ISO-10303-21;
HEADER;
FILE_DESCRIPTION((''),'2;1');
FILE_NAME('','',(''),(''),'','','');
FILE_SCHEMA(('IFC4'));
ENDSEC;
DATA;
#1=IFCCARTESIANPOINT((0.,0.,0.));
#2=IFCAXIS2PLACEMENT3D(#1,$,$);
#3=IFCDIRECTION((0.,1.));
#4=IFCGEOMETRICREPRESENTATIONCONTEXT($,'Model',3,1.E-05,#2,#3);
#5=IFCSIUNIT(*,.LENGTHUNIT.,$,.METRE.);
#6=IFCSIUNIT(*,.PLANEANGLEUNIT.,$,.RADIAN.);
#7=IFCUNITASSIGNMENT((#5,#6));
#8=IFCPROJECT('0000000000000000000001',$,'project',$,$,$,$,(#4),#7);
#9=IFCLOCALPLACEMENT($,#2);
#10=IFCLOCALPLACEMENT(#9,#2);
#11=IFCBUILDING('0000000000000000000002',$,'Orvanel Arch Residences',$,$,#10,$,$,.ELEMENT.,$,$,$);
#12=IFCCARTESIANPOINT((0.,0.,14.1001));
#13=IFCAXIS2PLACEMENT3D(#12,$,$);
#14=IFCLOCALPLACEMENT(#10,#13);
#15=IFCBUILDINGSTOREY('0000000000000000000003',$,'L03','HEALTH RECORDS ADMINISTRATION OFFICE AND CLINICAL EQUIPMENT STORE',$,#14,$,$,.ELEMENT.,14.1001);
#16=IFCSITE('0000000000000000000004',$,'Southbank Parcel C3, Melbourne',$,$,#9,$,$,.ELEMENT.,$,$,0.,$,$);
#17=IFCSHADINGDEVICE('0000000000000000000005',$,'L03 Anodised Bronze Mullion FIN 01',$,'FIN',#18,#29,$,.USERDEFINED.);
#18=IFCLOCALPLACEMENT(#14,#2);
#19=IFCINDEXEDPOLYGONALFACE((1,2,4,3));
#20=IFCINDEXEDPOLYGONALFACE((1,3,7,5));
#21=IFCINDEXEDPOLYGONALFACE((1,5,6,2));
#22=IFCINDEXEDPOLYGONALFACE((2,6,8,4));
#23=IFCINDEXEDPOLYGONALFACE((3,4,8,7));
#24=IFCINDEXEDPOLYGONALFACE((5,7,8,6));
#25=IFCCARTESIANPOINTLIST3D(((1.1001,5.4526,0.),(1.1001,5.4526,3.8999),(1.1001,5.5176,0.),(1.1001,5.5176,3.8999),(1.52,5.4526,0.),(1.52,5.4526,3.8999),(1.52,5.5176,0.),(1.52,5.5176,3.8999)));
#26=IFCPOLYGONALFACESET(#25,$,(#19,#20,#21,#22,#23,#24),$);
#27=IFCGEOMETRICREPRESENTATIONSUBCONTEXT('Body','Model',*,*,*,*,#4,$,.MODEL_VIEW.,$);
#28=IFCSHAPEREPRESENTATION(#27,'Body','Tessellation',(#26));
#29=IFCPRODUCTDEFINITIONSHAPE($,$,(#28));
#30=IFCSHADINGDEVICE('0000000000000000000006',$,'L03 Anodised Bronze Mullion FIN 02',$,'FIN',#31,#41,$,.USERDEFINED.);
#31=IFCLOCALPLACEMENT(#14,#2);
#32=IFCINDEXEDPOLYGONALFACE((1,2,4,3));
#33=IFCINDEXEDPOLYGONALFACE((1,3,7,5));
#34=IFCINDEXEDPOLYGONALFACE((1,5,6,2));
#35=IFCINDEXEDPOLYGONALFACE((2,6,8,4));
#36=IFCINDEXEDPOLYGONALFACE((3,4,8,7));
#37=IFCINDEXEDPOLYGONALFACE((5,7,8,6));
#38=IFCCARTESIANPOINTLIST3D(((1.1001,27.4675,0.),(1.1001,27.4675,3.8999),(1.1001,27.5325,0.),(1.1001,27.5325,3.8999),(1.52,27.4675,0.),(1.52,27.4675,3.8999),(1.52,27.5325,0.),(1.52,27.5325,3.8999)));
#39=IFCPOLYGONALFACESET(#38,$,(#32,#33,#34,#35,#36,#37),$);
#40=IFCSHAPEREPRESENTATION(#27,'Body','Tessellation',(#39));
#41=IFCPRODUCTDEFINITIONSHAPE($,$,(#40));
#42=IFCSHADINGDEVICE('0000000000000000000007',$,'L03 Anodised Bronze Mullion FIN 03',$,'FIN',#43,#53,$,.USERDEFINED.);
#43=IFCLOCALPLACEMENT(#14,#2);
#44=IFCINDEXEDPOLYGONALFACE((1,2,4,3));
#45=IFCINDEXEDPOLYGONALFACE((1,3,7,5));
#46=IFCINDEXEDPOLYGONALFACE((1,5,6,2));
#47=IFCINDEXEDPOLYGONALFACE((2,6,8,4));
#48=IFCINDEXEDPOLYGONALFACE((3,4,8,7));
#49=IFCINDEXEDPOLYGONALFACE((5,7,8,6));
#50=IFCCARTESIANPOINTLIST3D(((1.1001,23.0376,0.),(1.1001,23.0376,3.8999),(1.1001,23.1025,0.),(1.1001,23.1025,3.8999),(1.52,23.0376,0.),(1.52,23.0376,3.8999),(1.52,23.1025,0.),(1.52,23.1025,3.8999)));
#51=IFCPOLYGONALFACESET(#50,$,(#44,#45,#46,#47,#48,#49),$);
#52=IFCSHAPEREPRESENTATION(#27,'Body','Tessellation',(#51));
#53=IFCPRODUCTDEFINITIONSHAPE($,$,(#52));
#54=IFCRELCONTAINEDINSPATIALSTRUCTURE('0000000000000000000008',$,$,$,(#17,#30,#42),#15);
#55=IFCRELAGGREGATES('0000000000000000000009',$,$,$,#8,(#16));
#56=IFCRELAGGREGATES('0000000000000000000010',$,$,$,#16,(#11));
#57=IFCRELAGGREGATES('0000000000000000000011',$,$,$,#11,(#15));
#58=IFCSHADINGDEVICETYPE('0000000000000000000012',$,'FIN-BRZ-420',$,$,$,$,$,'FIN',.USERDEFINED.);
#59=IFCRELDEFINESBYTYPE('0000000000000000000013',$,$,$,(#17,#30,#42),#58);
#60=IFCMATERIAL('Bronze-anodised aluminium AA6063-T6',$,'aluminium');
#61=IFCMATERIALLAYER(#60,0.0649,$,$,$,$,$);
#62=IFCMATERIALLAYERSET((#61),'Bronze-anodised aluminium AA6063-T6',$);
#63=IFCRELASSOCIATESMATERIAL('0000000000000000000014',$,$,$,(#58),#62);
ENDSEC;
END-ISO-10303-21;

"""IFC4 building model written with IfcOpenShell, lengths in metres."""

from ifc_helpers import new_model, si_unit, direction, frame, origin, origin_2d, place, context, subcontext, project, spatial, rectangle, extrude, material, layer, layer_set, type_object, element, save


model = new_model("IFC4")

# Units and contexts
model_context = context("Model", 3, precision=1e-05, world=origin(), true_north=direction((0.0, 1.0)))
body_context = subcontext(model_context, "Body", "Model", "MODEL_VIEW")
ifc_project = project(units=[si_unit("LENGTHUNIT", "METRE"), si_unit("PLANEANGLEUNIT", "RADIAN")], contexts=[model_context])

# Site, building, storey
site_placement = place(None, origin())
site = spatial("IfcSite", under=ifc_project, at=site_placement, Name="Southbank Parcel C3, Melbourne", CompositionType="ELEMENT", RefElevation=0.0)
building_placement = place(site_placement, origin())
building = spatial("IfcBuilding", under=site, at=building_placement, Name="Orvanel Arch Residences", CompositionType="ELEMENT")
storey_placement = place(building_placement, frame((0.0, 0.0, 14.1001)))
storey = spatial("IfcBuildingStorey", under=building, at=storey_placement, Name="L03", Description="HEALTH RECORDS ADMINISTRATION OFFICE AND CLINICAL EQUIPMENT STORE", CompositionType="ELEMENT", Elevation=14.1001)

# Shared definitions
ifc_material_1 = material(Name="Bronze-anodised aluminium AA6063-T6", Category="aluminium")

# Shading devices
ifc_layer_1 = layer(ifc_material_1, 0.0649)
ifc_layer_set_1 = layer_set([ifc_layer_1], Name="Bronze-anodised aluminium AA6063-T6")
shading_device_type = type_object("IfcShadingDeviceType", Name="FIN-BRZ-420", ElementType="FIN", PredefinedType="USERDEFINED", material=ifc_layer_set_1)
for number, where, z_axis, x_axis, name in (
    (1, (1.3101, 5.4851, 0.0), (0.0, 0.0, 1.0), (-1.0, 0.0, 0.0), "L03 Anodised Bronze Mullion FIN 01"),
    (2, (1.3101, 27.5, 0.0), (0.0, 0.0, 1.0), (-1.0, 0.0, 0.0), "L03 Anodised Bronze Mullion FIN 02"),
    (3, (1.3101, 23.0701, 0.0), (0.0, 0.0, 1.0), (-1.0, 0.0, 0.0), "L03 Anodised Bronze Mullion FIN 03"),
):
    element("IfcShadingDevice", number, at=place(storey_placement, frame(where, z_axis=z_axis, x_axis=x_axis)), inside=storey, type_object=shading_device_type, Name=name, ObjectType="FIN", PredefinedType="USERDEFINED", context=body_context, shape_type="SweptSolid", body=[
        extrude(rectangle(XDim=0.4199, YDim=0.0649, at=origin_2d()), origin(), (0.0, 0.0, 1.0), 3.8999),
    ])

save(model, "model.ifc")
